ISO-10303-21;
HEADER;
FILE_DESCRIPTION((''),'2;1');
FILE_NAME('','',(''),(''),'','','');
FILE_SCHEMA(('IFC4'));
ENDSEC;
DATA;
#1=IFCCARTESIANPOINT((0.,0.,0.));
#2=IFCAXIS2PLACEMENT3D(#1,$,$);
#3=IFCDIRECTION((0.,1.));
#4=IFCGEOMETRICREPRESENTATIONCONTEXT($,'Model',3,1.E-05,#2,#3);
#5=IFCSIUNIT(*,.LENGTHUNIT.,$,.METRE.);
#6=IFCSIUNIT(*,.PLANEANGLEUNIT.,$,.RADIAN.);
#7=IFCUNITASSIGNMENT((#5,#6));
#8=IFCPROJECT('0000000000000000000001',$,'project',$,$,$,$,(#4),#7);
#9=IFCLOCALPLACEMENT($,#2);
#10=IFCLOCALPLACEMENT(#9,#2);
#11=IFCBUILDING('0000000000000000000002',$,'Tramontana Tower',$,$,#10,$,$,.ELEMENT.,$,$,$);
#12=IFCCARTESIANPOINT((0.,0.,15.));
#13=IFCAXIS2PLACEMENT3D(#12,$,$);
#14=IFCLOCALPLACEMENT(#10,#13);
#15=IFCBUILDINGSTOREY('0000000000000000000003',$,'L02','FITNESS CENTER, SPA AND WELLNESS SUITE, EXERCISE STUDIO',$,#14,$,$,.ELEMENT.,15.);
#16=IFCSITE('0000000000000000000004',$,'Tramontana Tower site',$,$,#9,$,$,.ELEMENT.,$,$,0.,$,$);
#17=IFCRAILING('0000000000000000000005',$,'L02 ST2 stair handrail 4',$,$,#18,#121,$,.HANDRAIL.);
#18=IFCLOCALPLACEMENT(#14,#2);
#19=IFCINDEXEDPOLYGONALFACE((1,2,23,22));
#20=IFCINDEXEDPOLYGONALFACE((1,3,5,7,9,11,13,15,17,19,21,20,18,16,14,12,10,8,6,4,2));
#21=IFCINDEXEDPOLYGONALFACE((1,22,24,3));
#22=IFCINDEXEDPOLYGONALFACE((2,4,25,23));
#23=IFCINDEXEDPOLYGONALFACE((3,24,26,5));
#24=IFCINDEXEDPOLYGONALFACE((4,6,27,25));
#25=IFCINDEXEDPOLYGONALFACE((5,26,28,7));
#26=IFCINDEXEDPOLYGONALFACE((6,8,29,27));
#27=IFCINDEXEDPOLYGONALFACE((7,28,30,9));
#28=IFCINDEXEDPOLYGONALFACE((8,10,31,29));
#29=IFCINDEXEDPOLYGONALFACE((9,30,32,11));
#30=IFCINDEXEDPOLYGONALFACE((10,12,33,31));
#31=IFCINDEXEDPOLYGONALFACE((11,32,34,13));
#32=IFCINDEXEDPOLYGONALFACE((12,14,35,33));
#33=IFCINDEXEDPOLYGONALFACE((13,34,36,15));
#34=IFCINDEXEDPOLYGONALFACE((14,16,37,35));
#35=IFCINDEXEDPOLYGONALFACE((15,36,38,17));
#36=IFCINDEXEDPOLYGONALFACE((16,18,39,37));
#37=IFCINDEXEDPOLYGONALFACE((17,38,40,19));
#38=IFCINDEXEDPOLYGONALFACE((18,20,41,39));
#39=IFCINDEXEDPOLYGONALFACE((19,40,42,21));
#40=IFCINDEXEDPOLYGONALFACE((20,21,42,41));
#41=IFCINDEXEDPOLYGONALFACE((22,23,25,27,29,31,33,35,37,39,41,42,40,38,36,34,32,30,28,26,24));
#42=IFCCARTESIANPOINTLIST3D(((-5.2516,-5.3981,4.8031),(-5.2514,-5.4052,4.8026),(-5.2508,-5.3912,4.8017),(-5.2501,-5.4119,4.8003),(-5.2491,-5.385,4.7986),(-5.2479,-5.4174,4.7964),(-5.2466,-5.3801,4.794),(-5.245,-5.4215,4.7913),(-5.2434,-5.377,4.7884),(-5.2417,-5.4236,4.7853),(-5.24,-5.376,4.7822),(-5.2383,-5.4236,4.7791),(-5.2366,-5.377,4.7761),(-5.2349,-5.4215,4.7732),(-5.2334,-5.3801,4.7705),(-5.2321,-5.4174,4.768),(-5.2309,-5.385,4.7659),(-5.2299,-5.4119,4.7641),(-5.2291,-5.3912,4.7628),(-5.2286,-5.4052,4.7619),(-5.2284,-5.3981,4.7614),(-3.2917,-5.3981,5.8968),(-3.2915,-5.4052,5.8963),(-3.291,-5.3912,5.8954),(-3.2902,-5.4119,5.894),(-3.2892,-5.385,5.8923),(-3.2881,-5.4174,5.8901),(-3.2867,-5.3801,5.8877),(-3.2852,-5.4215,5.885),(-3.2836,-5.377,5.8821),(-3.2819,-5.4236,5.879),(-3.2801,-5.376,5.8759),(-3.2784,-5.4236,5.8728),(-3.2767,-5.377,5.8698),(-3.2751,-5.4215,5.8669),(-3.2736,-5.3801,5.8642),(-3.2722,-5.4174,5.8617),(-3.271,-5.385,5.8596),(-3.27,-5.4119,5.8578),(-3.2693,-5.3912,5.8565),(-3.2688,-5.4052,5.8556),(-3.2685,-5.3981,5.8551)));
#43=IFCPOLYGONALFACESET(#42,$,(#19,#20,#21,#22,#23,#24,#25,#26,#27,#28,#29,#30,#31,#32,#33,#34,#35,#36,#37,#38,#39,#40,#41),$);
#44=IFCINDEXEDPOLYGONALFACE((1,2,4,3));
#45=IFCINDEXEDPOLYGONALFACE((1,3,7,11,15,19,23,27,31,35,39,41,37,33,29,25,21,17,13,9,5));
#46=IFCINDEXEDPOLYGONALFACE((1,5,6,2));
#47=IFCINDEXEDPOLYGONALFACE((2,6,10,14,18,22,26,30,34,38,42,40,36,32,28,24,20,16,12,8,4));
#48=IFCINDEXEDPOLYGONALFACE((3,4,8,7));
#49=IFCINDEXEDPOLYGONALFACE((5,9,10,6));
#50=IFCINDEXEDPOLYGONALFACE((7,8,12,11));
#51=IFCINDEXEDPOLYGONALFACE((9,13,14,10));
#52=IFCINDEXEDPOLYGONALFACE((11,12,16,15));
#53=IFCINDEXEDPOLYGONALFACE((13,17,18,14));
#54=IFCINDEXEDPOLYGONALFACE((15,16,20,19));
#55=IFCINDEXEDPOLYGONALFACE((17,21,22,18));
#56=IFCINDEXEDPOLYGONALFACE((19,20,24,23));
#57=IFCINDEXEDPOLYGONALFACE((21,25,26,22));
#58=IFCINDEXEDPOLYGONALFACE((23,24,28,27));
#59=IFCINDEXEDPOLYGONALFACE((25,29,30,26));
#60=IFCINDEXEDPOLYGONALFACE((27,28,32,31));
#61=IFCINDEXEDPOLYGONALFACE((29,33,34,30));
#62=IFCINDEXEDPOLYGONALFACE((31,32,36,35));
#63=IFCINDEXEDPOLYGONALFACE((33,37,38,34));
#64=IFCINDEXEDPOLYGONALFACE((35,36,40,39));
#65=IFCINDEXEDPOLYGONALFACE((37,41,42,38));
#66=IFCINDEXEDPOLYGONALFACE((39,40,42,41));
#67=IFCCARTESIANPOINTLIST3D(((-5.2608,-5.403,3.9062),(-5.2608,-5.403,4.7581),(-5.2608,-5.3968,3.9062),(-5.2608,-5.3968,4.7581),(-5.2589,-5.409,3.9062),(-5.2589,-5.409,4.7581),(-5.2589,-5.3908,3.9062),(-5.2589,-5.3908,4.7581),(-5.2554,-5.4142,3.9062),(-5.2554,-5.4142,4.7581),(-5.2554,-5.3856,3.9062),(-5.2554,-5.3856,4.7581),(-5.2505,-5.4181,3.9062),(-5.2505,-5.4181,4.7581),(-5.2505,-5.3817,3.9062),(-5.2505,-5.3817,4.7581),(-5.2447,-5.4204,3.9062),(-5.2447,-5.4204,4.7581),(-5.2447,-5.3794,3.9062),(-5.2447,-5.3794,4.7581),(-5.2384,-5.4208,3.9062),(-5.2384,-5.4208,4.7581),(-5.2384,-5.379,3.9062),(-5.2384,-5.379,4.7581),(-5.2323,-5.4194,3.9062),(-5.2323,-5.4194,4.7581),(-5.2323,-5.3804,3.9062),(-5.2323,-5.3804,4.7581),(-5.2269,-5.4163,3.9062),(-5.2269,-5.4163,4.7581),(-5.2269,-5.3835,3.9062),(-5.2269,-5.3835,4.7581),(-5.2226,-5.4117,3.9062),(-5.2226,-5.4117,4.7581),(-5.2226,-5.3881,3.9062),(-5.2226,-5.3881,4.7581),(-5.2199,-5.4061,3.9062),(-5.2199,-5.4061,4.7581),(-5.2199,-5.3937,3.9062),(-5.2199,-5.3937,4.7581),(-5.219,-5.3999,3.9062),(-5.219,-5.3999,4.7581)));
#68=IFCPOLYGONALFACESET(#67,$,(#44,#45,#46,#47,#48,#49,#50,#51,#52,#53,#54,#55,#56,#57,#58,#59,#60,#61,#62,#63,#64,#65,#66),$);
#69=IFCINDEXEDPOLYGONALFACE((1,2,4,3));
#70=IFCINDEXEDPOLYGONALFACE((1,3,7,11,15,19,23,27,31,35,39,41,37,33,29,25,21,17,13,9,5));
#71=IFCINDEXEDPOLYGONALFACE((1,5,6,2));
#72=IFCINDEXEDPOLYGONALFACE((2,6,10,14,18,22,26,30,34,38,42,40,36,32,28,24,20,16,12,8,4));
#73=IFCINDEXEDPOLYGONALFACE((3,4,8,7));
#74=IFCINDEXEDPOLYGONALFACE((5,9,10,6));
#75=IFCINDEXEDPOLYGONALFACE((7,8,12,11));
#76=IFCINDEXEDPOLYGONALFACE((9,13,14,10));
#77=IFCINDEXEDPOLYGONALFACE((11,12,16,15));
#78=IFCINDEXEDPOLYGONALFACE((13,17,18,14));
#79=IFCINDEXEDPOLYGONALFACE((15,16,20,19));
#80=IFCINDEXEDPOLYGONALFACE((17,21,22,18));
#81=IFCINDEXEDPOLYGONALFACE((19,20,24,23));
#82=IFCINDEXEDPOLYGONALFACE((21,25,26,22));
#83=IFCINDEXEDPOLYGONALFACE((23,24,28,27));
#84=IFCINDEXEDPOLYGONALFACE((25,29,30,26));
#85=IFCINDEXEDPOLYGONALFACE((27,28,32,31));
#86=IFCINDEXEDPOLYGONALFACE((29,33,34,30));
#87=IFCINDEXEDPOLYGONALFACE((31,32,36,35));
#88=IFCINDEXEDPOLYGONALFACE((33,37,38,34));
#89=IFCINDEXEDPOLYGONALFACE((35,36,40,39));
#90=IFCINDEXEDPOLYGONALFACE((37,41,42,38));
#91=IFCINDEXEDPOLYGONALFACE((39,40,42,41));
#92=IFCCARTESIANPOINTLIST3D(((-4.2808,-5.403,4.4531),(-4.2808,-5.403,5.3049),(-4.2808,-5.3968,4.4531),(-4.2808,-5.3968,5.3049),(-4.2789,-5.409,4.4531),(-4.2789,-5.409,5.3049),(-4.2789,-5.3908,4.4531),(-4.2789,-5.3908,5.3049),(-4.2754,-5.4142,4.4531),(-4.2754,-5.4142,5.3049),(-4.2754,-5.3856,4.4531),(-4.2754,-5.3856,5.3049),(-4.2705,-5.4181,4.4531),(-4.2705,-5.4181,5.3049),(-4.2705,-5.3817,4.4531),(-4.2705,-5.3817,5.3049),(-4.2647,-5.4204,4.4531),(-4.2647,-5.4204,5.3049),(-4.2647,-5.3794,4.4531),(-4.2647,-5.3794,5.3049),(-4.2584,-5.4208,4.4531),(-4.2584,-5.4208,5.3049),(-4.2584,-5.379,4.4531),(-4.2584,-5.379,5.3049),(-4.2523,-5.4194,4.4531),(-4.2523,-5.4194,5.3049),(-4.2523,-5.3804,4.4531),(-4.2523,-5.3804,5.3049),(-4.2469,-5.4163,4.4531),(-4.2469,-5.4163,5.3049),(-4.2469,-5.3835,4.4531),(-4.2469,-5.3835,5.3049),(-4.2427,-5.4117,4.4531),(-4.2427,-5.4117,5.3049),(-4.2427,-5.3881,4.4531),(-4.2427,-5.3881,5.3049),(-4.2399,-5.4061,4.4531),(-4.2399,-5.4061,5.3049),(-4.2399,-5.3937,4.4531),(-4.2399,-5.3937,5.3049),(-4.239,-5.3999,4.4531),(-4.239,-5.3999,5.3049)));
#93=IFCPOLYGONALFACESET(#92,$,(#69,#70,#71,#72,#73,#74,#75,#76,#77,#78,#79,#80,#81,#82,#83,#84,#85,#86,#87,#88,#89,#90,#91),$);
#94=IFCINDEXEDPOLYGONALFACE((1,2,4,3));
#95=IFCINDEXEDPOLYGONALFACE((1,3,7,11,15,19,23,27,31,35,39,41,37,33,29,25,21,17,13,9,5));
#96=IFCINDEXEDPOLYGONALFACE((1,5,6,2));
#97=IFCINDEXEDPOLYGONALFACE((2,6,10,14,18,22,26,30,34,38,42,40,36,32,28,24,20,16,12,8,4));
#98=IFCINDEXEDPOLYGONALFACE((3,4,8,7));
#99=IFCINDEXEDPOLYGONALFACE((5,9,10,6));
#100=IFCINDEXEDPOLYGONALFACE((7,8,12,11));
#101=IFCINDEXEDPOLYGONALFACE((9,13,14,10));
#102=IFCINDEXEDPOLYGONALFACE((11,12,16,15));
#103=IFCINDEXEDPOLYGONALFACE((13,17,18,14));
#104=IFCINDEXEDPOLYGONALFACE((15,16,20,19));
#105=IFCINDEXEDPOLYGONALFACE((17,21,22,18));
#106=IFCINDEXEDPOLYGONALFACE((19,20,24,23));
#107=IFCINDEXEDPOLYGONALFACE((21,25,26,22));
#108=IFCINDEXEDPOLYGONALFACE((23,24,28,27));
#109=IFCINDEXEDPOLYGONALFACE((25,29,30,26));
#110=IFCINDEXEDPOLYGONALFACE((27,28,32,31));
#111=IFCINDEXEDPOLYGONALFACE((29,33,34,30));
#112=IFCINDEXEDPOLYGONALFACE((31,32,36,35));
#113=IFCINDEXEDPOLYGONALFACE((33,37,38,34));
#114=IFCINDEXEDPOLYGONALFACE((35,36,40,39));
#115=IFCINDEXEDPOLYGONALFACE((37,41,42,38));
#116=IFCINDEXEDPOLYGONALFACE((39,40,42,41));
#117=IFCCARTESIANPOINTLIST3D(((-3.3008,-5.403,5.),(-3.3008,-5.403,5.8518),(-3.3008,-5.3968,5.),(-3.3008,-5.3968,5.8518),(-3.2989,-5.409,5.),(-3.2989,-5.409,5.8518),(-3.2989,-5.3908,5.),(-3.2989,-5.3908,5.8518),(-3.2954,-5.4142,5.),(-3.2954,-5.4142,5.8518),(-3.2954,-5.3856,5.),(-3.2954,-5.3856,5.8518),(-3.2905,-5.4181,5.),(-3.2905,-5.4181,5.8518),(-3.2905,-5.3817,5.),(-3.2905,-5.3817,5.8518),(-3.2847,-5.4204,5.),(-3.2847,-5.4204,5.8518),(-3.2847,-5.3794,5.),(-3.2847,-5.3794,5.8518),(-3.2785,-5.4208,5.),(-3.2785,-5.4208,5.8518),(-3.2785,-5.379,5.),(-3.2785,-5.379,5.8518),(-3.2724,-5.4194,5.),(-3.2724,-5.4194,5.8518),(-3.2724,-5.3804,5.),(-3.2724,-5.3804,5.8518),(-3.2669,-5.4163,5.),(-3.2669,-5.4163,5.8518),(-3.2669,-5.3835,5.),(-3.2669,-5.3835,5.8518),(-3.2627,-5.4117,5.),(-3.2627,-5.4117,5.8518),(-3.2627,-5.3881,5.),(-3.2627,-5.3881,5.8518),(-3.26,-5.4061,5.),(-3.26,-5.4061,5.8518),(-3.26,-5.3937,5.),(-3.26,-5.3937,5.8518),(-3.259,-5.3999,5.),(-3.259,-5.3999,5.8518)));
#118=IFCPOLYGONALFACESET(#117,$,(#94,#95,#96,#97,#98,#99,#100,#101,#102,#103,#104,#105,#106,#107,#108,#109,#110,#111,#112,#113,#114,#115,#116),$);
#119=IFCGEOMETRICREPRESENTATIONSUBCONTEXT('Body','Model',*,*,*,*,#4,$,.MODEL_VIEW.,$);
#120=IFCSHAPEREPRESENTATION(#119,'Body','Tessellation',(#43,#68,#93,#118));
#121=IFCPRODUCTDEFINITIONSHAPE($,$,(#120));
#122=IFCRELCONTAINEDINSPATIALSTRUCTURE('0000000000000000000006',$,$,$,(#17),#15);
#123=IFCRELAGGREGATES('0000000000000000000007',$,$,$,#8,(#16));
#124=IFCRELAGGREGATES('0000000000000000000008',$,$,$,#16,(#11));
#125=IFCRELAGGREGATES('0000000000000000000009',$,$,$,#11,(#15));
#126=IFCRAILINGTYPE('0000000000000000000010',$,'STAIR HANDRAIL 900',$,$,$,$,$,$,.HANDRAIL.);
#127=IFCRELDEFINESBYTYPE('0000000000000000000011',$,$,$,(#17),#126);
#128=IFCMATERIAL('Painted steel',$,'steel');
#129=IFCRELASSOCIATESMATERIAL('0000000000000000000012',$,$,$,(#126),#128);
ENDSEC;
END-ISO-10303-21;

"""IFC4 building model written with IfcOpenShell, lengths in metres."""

from ifc_helpers import new_model, si_unit, direction, frame, origin, origin_2d, place, context, subcontext, project, spatial, circle, extrude, material, type_object, element, save


model = new_model("IFC4")

# Units and contexts
model_context = context("Model", 3, precision=1e-05, world=origin(), true_north=direction((0.0, 1.0)))
body_context = subcontext(model_context, "Body", "Model", "MODEL_VIEW")
ifc_project = project(units=[si_unit("LENGTHUNIT", "METRE"), si_unit("PLANEANGLEUNIT", "RADIAN")], contexts=[model_context])

# Site, building, storey
site_placement = place(None, origin())
site = spatial("IfcSite", under=ifc_project, at=site_placement, Name="Tramontana Tower site", CompositionType="ELEMENT", RefElevation=0.0)
building_placement = place(site_placement, origin())
building = spatial("IfcBuilding", under=site, at=building_placement, Name="Tramontana Tower", CompositionType="ELEMENT")
storey_placement = place(building_placement, frame((0.0, 0.0, 15.0)))
storey = spatial("IfcBuildingStorey", under=building, at=storey_placement, Name="L02", Description="FITNESS CENTER, SPA AND WELLNESS SUITE, EXERCISE STUDIO", CompositionType="ELEMENT", Elevation=15.0)

# Railing
ifc_material_1 = material(Name="Painted steel", Category="steel")
railing_type_1 = type_object("IfcRailingType", Name="STAIR HANDRAIL 900", PredefinedType="HANDRAIL", material=ifc_material_1)
railing_1_placement = place(storey_placement, frame((-5.24, -5.3999, 3.9062)))
element("IfcRailing", 1, at=railing_1_placement, inside=storey, type_object=railing_type_1, Name="L02 ST2 stair handrail 4", PredefinedType="HANDRAIL", context=body_context, shape_type="SweptSolid", body=[
    extrude(circle(Radius=0.0239, at=origin_2d()), frame((0.0, 0.0, 0.876), z_axis=(0.873232, 0.0, 0.487304), x_axis=(0.0, 1.0, 0.0)), (0.0, 0.0, 1.0), 2.2444),
    extrude(circle(Radius=0.021, at=origin_2d()), origin(), (0.0, 0.0, 1.0), 0.8518),
    extrude(circle(Radius=0.021, at=origin_2d()), frame((0.98, 0.0, 0.5469)), (0.0, 0.0, 1.0), 0.8518),
    extrude(circle(Radius=0.021, at=origin_2d()), frame((1.96, 0.0, 1.0938)), (0.0, 0.0, 1.0), 0.8518),
])

save(model, "model.ifc")
